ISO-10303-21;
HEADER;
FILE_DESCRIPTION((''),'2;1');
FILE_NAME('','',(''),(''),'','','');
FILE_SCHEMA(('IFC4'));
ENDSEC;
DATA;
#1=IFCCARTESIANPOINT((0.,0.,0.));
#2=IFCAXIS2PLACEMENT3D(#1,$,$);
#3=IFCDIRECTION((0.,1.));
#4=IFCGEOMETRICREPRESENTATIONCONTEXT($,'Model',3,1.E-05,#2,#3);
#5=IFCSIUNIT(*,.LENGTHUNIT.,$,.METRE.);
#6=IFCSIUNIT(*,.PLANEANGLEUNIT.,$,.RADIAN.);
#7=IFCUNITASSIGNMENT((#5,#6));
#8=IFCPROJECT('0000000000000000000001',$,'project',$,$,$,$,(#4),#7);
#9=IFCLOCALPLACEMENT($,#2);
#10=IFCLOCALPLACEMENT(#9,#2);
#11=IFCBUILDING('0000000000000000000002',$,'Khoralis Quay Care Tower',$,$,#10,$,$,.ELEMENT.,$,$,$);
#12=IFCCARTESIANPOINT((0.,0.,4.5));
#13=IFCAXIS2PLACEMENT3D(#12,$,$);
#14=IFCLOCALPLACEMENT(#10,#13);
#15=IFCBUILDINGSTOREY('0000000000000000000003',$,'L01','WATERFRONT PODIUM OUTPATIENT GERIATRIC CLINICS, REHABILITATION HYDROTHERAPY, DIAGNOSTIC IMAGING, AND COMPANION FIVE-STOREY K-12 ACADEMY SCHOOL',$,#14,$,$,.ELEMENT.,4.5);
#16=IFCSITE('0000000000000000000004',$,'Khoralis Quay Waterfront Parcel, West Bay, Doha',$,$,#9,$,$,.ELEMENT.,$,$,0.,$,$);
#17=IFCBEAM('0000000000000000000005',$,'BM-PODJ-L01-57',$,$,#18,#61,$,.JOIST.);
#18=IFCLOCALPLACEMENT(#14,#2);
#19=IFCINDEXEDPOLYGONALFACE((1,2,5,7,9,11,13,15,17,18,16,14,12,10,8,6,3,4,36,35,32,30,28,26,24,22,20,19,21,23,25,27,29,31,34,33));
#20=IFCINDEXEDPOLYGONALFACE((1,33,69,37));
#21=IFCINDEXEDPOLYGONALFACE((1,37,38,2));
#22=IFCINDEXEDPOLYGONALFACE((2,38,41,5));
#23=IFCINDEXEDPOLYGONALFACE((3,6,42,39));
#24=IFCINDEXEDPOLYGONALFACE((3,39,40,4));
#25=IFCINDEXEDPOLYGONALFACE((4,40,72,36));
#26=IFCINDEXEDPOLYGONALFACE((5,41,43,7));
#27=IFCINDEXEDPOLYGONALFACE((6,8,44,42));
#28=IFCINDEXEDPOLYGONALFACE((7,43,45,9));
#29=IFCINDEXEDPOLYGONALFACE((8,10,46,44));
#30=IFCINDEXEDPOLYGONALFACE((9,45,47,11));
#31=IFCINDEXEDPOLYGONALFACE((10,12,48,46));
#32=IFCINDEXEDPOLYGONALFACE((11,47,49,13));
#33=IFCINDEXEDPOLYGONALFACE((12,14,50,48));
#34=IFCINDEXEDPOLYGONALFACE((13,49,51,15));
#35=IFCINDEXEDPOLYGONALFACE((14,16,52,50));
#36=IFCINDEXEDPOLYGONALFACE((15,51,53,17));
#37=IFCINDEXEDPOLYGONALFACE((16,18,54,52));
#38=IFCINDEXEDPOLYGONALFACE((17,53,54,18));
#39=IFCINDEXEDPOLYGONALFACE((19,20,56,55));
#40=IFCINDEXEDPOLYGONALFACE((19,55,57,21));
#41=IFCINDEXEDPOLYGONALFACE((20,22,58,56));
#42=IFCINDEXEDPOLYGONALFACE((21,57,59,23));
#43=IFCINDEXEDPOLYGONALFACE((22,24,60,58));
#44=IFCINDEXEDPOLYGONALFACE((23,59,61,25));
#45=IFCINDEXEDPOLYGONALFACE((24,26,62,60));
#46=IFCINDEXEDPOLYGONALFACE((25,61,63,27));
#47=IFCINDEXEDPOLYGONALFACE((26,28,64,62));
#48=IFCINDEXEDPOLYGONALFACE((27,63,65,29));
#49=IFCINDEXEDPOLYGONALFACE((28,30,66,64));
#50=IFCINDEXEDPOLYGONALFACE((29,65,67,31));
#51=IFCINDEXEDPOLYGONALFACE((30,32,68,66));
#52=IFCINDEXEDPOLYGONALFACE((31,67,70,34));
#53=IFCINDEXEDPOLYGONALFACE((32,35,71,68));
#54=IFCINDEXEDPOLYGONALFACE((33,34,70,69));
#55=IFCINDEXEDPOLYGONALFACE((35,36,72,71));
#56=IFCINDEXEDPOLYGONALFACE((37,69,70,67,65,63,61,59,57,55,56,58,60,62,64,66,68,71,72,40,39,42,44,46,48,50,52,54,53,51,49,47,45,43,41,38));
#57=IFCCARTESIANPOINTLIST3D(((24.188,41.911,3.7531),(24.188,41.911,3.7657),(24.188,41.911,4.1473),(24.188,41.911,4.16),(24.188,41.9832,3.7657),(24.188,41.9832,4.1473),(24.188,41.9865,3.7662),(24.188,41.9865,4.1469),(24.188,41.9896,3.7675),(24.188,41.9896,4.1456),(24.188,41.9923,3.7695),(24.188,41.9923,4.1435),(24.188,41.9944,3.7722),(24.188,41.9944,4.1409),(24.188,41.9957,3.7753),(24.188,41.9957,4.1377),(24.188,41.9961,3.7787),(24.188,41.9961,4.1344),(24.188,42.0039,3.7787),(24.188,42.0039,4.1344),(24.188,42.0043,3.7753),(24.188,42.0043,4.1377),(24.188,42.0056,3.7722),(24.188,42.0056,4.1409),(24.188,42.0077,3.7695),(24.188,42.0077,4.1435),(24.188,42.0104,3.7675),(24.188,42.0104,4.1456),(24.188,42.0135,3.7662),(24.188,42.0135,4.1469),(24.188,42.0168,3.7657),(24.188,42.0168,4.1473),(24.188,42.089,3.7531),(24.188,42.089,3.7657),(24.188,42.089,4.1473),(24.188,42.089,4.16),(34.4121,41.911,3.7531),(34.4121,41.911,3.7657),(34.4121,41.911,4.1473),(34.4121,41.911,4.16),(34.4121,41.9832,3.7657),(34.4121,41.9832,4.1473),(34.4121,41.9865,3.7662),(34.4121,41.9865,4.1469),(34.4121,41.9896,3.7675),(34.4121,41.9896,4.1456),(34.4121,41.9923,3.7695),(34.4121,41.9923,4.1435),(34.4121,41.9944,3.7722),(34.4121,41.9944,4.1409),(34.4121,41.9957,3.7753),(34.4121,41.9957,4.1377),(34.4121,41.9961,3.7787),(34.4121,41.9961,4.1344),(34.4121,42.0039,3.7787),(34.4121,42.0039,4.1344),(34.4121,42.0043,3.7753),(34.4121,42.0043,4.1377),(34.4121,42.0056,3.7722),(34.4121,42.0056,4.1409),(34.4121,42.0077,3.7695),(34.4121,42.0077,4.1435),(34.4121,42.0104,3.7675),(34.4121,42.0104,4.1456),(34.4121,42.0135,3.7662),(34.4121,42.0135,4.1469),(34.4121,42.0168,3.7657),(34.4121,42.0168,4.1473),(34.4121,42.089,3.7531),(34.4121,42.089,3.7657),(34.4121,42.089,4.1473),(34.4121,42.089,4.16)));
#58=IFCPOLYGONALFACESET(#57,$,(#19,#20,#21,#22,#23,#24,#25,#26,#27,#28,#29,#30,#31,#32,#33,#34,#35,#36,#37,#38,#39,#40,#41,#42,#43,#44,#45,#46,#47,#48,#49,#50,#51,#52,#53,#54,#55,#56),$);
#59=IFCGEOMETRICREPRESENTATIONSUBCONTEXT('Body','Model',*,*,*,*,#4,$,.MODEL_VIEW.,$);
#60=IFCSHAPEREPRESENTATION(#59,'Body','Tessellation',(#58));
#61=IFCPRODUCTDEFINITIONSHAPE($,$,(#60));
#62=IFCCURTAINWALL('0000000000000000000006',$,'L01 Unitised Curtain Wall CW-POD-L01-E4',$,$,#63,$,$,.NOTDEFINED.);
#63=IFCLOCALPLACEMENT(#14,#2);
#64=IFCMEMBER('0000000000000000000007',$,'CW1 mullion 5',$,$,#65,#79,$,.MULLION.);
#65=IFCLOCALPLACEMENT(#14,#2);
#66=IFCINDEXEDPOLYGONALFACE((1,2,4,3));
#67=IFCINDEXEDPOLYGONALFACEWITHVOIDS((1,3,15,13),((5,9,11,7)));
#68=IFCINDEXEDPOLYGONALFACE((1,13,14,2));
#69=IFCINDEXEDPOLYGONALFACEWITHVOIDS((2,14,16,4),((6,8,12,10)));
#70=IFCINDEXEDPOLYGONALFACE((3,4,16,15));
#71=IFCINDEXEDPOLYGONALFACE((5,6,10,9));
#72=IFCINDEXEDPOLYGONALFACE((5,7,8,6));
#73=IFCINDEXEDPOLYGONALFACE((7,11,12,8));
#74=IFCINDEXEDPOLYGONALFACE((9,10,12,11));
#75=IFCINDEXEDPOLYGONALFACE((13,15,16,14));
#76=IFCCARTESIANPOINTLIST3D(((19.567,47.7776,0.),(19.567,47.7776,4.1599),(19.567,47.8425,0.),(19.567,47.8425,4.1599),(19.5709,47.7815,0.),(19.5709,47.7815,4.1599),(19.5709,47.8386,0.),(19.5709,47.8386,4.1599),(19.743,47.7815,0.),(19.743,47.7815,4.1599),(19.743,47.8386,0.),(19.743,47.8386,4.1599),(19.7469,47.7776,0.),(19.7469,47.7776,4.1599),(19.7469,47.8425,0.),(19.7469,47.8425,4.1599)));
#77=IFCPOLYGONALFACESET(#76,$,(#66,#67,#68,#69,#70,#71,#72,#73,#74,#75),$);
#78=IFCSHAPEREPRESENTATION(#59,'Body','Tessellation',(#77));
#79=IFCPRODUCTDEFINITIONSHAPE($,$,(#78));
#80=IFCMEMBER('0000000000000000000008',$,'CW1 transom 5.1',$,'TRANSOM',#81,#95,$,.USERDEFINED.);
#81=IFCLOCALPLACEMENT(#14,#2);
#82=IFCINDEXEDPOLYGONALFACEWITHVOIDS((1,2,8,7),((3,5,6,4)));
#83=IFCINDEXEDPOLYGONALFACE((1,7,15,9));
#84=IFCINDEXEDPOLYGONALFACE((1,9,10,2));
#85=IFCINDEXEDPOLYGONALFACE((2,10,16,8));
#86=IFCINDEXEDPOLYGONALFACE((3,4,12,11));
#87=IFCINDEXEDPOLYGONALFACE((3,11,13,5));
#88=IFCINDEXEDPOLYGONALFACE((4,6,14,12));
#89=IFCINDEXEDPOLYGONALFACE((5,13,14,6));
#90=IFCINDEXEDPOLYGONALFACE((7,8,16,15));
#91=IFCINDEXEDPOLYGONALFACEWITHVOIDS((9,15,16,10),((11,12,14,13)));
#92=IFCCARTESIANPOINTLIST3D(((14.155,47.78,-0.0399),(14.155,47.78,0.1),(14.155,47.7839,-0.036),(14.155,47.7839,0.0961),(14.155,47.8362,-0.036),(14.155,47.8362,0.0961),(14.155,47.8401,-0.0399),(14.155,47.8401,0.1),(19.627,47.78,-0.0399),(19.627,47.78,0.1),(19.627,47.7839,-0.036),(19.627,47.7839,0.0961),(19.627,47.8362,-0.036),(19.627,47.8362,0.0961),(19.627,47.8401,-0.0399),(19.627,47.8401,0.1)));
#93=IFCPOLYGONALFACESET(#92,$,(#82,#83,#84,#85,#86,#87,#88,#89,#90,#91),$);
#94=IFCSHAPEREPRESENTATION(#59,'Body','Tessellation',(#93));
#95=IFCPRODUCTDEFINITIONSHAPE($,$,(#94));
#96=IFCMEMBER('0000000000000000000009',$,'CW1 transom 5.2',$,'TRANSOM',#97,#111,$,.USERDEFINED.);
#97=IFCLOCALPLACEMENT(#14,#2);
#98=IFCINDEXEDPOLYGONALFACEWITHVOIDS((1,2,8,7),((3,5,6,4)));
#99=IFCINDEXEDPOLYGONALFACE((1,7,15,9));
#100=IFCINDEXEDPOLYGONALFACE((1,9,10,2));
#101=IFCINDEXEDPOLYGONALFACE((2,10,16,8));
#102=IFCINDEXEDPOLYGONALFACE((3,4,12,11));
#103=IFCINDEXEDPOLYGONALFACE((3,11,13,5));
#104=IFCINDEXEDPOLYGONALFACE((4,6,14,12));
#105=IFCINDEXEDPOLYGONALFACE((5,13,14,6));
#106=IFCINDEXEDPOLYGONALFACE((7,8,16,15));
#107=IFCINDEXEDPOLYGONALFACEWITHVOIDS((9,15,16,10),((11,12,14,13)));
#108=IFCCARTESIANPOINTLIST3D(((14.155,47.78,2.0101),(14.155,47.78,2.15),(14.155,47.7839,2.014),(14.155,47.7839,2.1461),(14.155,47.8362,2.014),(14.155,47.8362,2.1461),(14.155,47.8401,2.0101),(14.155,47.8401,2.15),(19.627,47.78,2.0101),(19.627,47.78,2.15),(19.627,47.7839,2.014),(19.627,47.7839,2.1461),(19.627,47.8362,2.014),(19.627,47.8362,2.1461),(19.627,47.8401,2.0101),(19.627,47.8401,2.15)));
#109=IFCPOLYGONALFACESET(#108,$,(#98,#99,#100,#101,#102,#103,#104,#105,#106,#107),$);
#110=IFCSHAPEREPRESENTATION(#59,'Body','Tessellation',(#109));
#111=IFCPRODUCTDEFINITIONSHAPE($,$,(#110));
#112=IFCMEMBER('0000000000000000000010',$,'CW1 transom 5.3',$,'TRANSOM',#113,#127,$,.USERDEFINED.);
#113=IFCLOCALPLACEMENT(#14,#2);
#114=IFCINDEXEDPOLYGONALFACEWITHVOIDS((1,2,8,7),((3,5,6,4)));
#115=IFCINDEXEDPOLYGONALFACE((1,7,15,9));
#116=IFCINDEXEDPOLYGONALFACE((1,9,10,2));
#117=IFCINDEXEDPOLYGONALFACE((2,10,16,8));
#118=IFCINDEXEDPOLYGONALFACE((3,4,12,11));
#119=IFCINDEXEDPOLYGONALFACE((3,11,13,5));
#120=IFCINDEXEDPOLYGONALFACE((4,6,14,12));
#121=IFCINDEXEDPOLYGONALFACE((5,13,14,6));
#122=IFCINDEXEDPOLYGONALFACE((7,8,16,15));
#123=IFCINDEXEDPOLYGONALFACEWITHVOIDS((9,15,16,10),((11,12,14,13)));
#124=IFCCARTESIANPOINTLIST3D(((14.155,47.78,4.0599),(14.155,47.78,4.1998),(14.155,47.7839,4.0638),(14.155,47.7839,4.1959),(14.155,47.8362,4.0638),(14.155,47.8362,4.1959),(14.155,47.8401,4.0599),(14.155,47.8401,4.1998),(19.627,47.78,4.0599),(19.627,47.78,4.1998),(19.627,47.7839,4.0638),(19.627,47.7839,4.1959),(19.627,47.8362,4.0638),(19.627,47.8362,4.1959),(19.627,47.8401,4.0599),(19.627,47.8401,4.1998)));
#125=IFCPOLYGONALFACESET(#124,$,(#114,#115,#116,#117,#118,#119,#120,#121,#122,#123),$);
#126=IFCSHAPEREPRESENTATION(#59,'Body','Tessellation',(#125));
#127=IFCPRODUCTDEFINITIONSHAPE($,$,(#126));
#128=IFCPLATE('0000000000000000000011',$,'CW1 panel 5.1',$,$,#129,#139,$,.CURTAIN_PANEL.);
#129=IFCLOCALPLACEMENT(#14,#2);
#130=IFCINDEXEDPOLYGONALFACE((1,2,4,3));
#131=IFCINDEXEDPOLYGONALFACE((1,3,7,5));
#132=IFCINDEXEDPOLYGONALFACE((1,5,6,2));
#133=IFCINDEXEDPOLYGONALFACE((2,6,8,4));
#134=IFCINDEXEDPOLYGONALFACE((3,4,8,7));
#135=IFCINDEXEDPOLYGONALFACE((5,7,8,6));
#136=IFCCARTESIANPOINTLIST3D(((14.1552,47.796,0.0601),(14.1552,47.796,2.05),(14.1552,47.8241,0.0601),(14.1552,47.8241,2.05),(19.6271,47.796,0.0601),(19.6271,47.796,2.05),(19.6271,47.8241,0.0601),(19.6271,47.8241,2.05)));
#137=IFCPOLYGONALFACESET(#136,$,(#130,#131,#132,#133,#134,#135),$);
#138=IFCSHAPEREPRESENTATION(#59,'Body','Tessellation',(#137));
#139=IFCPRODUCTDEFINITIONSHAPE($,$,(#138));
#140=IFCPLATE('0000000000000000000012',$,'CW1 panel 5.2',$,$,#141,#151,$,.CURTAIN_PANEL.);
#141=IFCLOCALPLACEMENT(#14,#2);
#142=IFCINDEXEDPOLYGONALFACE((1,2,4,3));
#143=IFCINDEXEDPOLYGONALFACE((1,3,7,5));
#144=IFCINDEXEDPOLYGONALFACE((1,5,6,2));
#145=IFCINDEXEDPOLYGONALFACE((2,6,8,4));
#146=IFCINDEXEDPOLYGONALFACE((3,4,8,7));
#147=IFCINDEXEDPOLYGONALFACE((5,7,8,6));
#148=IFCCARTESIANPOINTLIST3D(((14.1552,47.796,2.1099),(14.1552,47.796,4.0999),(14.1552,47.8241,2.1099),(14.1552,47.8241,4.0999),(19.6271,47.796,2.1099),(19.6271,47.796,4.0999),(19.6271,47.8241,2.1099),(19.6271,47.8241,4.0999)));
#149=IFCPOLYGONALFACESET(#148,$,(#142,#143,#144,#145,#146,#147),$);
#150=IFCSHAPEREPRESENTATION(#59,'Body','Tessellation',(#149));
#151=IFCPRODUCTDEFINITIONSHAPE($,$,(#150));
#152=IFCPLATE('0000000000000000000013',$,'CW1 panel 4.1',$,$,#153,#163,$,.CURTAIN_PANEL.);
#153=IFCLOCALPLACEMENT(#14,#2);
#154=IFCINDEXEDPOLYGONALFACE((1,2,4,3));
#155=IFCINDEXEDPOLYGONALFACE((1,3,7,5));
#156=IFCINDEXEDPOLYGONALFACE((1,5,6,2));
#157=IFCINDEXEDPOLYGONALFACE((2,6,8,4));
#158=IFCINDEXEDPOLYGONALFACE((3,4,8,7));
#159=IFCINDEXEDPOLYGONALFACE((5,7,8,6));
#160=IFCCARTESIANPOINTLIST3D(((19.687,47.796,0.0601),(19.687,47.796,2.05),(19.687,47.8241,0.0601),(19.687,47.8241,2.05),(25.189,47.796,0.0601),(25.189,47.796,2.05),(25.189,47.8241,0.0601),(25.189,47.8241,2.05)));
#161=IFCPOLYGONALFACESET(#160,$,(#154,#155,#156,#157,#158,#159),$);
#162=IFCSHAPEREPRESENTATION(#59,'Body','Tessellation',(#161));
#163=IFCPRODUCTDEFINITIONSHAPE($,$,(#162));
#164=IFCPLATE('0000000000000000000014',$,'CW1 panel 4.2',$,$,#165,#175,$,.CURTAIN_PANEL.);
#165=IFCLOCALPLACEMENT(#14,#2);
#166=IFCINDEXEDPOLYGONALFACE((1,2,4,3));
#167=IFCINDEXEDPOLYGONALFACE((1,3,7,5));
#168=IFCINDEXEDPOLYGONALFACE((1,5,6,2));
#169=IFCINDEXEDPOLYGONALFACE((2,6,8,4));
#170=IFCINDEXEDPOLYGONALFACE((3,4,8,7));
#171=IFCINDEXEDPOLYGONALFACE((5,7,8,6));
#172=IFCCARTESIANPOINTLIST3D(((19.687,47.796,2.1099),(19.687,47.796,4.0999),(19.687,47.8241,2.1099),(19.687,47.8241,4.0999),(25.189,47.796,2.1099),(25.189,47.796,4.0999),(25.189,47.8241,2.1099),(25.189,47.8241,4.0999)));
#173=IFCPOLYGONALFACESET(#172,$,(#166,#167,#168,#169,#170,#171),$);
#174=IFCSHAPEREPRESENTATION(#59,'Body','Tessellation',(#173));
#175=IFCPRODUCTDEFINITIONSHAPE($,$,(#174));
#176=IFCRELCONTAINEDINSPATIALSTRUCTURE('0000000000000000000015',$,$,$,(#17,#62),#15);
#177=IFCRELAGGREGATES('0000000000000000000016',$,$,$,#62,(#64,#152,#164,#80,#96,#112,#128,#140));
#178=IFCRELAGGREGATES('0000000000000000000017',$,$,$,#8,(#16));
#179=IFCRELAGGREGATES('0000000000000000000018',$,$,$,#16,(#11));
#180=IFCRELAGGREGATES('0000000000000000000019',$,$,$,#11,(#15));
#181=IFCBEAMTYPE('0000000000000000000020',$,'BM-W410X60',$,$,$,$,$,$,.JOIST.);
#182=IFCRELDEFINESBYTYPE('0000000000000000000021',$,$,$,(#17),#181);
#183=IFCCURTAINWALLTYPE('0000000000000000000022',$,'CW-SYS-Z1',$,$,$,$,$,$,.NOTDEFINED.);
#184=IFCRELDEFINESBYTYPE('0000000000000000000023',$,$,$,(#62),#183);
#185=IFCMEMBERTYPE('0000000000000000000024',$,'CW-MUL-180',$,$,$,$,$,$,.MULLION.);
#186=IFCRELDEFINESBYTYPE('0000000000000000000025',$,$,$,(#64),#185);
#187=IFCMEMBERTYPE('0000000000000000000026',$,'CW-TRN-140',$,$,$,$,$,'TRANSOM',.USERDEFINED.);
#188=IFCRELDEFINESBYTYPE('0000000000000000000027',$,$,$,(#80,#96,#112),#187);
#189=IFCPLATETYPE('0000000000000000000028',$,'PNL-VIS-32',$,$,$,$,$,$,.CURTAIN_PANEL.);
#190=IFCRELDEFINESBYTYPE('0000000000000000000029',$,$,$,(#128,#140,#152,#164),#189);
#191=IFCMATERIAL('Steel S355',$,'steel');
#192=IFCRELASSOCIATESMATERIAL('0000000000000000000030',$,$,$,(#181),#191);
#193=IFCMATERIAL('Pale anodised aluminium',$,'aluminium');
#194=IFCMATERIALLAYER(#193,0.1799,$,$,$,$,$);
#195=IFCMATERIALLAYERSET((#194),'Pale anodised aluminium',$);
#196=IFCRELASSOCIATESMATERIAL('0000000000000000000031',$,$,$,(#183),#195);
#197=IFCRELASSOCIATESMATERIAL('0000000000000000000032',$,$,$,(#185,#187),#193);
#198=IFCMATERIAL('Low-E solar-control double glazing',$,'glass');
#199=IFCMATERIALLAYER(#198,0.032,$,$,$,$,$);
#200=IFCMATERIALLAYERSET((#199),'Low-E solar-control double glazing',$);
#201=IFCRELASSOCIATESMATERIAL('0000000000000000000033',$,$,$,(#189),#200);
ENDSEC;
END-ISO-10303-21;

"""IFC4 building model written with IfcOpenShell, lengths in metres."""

from ifc_helpers import new_model, si_unit, direction, frame, origin, origin_2d, place, context, subcontext, project, spatial, rectangle, hollow_rectangle, i_section, extrude, source, transform, mapped, material, layer, layer_set, material_profile, profile_set, type_object, element, aggregate, save


model = new_model("IFC4")

# Units and contexts
model_context = context("Model", 3, precision=1e-05, world=origin(), true_north=direction((0.0, 1.0)))
body_context = subcontext(model_context, "Body", "Model", "MODEL_VIEW")
ifc_project = project(units=[si_unit("LENGTHUNIT", "METRE"), si_unit("PLANEANGLEUNIT", "RADIAN")], contexts=[model_context])

# Site, building, storey
site_placement = place(None, origin())
site = spatial("IfcSite", under=ifc_project, at=site_placement, Name="Khoralis Quay Waterfront Parcel, West Bay, Doha", CompositionType="ELEMENT", RefElevation=0.0)
building_placement = place(site_placement, origin())
building = spatial("IfcBuilding", under=site, at=building_placement, Name="Khoralis Quay Care Tower", CompositionType="ELEMENT")
storey_placement = place(building_placement, frame((0.0, 0.0, 4.5)))
storey = spatial("IfcBuildingStorey", under=building, at=storey_placement, Name="L01", Description="WATERFRONT PODIUM OUTPATIENT GERIATRIC CLINICS, REHABILITATION HYDROTHERAPY, DIAGNOSTIC IMAGING, AND COMPANION FIVE-STOREY K-12 ACADEMY SCHOOL", CompositionType="ELEMENT", Elevation=4.5)

# Beam
ifc_material_1 = material(Name="Steel S355", Category="steel")
ifc_material_profile_1 = material_profile(ifc_material_1, i_section(OverallWidth=0.178, OverallDepth=0.407, WebThickness=0.0078, FlangeThickness=0.0127, FilletRadius=0.0129, at=origin_2d()), Name="Steel S355")
ifc_profile_set_1 = profile_set([ifc_material_profile_1], Name="Steel S355")
beam_type_1 = type_object("IfcBeamType", Name="BM-W410X60", PredefinedType="JOIST", material=ifc_profile_set_1)
shared_shape_1 = source(origin(), body_context, "Body", "SweptSolid", [
    extrude(i_section(OverallWidth=0.178, OverallDepth=0.407, WebThickness=0.0078, FlangeThickness=0.0127, FilletRadius=0.0129, at=origin_2d()), origin(), (0.0, 0.0, 1.0), 10.2241),
])
beam_1_placement = place(storey_placement, frame((24.188, 42.0, 3.9565), z_axis=(1.0, 0.0, 0.0), x_axis=(0.0, 1.0, 0.0)))
element("IfcBeam", 1, at=beam_1_placement, inside=storey, type_object=beam_type_1, Name="BM-PODJ-L01-57", PredefinedType="JOIST", context=body_context, shape_type="MappedRepresentation", body=[
    mapped(shared_shape_1, transform((0.0, 0.0, 0.0), scale=1.0)),
])

# Curtain wall, members, plates
ifc_material_2 = material(Name="Pale anodised aluminium", Category="aluminium")
ifc_layer_1 = layer(ifc_material_2, 0.1799)
ifc_layer_set_1 = layer_set([ifc_layer_1], Name="Pale anodised aluminium")
curtain_wall_type = type_object("IfcCurtainWallType", Name="CW-SYS-Z1", PredefinedType="NOTDEFINED", material=ifc_layer_set_1)
curtain_wall_placement = place(storey_placement, origin())
curtain_wall = element("IfcCurtainWall", 2, at=curtain_wall_placement, inside=storey, type_object=curtain_wall_type, Name="L01 Unitised Curtain Wall CW-POD-L01-E4", PredefinedType="NOTDEFINED")
ifc_material_profile_2 = material_profile(ifc_material_2, hollow_rectangle(XDim=0.0649, YDim=0.1799, WallThickness=0.0039, at=origin_2d()), Name="Pale anodised aluminium")
ifc_profile_set_2 = profile_set([ifc_material_profile_2], Name="Pale anodised aluminium")
member_type_1 = type_object("IfcMemberType", Name="CW-MUL-180", PredefinedType="MULLION", material=ifc_profile_set_2)
shared_shape_2 = source(origin(), body_context, "Body", "SweptSolid", [
    extrude(hollow_rectangle(XDim=0.0649, YDim=0.1799, WallThickness=0.0039, at=origin_2d()), origin(), (0.0, 0.0, 1.0), 4.1599),
])
member_1_placement = place(storey_placement, frame((19.657, 47.8101, 0.0), z_axis=(0.0, 0.0, 1.0), x_axis=(0.0, -1.0, 0.0)))
member_1 = element("IfcMember", 3, at=member_1_placement, type_object=member_type_1, Name="CW1 mullion 5", PredefinedType="MULLION", context=body_context, shape_type="MappedRepresentation", body=[
    mapped(shared_shape_2, transform((0.0, 0.0, 0.0), scale=1.0)),
])
ifc_material_profile_3 = material_profile(ifc_material_2, hollow_rectangle(XDim=0.0601, YDim=0.1399, WallThickness=0.0039, at=origin_2d()), Name="Pale anodised aluminium")
ifc_profile_set_3 = profile_set([ifc_material_profile_3], Name="Pale anodised aluminium")
member_type_2 = type_object("IfcMemberType", Name="CW-TRN-140", ElementType="TRANSOM", PredefinedType="USERDEFINED", material=ifc_profile_set_3)
shared_shape_3 = source(origin(), body_context, "Body", "SweptSolid", [
    extrude(hollow_rectangle(XDim=0.0601, YDim=0.1399, WallThickness=0.0039, at=origin_2d()), origin(), (0.0, 0.0, 1.0), 5.4719),
])
member_2_placement = place(storey_placement, frame((19.627, 47.8101, 0.03), z_axis=(-1.0, 0.0, 0.0), x_axis=(0.0, -1.0, 0.0)))
member_2 = element("IfcMember", 4, at=member_2_placement, type_object=member_type_2, Name="CW1 transom 5.1", ObjectType="TRANSOM", PredefinedType="USERDEFINED", context=body_context, shape_type="MappedRepresentation", body=[
    mapped(shared_shape_3, transform((0.0, 0.0, 0.0), scale=1.0)),
])
member_3_placement = place(storey_placement, frame((19.627, 47.8101, 2.0801), z_axis=(-1.0, 0.0, 0.0), x_axis=(0.0, -1.0, 0.0)))
member_3 = element("IfcMember", 5, at=member_3_placement, type_object=member_type_2, Name="CW1 transom 5.2", ObjectType="TRANSOM", PredefinedType="USERDEFINED", context=body_context, shape_type="MappedRepresentation", body=[
    mapped(shared_shape_3, transform((0.0, 0.0, 0.0), scale=1.0)),
])
member_4_placement = place(storey_placement, frame((19.627, 47.8101, 4.1299), z_axis=(-1.0, 0.0, 0.0), x_axis=(0.0, -1.0, 0.0)))
member_4 = element("IfcMember", 6, at=member_4_placement, type_object=member_type_2, Name="CW1 transom 5.3", ObjectType="TRANSOM", PredefinedType="USERDEFINED", context=body_context, shape_type="MappedRepresentation", body=[
    mapped(shared_shape_3, transform((0.0, 0.0, 0.0), scale=1.0)),
])
ifc_material_3 = material(Name="Low-E solar-control double glazing", Category="glass")
ifc_layer_2 = layer(ifc_material_3, 0.032)
ifc_layer_set_2 = layer_set([ifc_layer_2], Name="Low-E solar-control double glazing")
plate_type = type_object("IfcPlateType", Name="PNL-VIS-32", PredefinedType="CURTAIN_PANEL", material=ifc_layer_set_2)
shared_shape_4 = source(origin(), body_context, "Body", "SweptSolid", [
    extrude(rectangle(XDim=5.4719, YDim=0.0281, at=origin_2d()), origin(), (0.0, 0.0, 1.0), 1.99),
])
plate_1_placement = place(storey_placement, frame((16.8911, 47.8101, 0.0601), z_axis=(0.0, 0.0, 1.0), x_axis=(-1.0, 0.0, 0.0)))
plate_1 = element("IfcPlate", 7, at=plate_1_placement, type_object=plate_type, Name="CW1 panel 5.1", PredefinedType="CURTAIN_PANEL", context=body_context, shape_type="MappedRepresentation", body=[
    mapped(shared_shape_4, transform((0.0, 0.0, 0.0), scale=1.0)),
])
plate_2_placement = place(storey_placement, frame((16.8911, 47.8101, 2.1099), z_axis=(0.0, 0.0, 1.0), x_axis=(-1.0, 0.0, 0.0)))
plate_2 = element("IfcPlate", 8, at=plate_2_placement, type_object=plate_type, Name="CW1 panel 5.2", PredefinedType="CURTAIN_PANEL", context=body_context, shape_type="MappedRepresentation", body=[
    mapped(shared_shape_4, transform((0.0, 0.0, 0.0), scale=1.0)),
])
shared_shape_5 = source(origin(), body_context, "Body", "SweptSolid", [
    extrude(rectangle(XDim=5.502, YDim=0.0281, at=origin_2d()), origin(), (0.0, 0.0, 1.0), 1.99),
])
plate_3_placement = place(storey_placement, frame((22.438, 47.8101, 0.0601), z_axis=(0.0, 0.0, 1.0), x_axis=(-1.0, 0.0, 0.0)))
plate_3 = element("IfcPlate", 9, at=plate_3_placement, type_object=plate_type, Name="CW1 panel 4.1", PredefinedType="CURTAIN_PANEL", context=body_context, shape_type="MappedRepresentation", body=[
    mapped(shared_shape_5, transform((0.0, 0.0, 0.0), scale=1.0)),
])
plate_4_placement = place(storey_placement, frame((22.438, 47.8101, 2.1099), z_axis=(0.0, 0.0, 1.0), x_axis=(-1.0, 0.0, 0.0)))
plate_4 = element("IfcPlate", 10, at=plate_4_placement, type_object=plate_type, Name="CW1 panel 4.2", PredefinedType="CURTAIN_PANEL", context=body_context, shape_type="MappedRepresentation", body=[
    mapped(shared_shape_5, transform((0.0, 0.0, 0.0), scale=1.0)),
])
aggregate(curtain_wall, [member_1, plate_3, plate_4, member_2, member_3, member_4, plate_1, plate_2])

save(model, "model.ifc")
